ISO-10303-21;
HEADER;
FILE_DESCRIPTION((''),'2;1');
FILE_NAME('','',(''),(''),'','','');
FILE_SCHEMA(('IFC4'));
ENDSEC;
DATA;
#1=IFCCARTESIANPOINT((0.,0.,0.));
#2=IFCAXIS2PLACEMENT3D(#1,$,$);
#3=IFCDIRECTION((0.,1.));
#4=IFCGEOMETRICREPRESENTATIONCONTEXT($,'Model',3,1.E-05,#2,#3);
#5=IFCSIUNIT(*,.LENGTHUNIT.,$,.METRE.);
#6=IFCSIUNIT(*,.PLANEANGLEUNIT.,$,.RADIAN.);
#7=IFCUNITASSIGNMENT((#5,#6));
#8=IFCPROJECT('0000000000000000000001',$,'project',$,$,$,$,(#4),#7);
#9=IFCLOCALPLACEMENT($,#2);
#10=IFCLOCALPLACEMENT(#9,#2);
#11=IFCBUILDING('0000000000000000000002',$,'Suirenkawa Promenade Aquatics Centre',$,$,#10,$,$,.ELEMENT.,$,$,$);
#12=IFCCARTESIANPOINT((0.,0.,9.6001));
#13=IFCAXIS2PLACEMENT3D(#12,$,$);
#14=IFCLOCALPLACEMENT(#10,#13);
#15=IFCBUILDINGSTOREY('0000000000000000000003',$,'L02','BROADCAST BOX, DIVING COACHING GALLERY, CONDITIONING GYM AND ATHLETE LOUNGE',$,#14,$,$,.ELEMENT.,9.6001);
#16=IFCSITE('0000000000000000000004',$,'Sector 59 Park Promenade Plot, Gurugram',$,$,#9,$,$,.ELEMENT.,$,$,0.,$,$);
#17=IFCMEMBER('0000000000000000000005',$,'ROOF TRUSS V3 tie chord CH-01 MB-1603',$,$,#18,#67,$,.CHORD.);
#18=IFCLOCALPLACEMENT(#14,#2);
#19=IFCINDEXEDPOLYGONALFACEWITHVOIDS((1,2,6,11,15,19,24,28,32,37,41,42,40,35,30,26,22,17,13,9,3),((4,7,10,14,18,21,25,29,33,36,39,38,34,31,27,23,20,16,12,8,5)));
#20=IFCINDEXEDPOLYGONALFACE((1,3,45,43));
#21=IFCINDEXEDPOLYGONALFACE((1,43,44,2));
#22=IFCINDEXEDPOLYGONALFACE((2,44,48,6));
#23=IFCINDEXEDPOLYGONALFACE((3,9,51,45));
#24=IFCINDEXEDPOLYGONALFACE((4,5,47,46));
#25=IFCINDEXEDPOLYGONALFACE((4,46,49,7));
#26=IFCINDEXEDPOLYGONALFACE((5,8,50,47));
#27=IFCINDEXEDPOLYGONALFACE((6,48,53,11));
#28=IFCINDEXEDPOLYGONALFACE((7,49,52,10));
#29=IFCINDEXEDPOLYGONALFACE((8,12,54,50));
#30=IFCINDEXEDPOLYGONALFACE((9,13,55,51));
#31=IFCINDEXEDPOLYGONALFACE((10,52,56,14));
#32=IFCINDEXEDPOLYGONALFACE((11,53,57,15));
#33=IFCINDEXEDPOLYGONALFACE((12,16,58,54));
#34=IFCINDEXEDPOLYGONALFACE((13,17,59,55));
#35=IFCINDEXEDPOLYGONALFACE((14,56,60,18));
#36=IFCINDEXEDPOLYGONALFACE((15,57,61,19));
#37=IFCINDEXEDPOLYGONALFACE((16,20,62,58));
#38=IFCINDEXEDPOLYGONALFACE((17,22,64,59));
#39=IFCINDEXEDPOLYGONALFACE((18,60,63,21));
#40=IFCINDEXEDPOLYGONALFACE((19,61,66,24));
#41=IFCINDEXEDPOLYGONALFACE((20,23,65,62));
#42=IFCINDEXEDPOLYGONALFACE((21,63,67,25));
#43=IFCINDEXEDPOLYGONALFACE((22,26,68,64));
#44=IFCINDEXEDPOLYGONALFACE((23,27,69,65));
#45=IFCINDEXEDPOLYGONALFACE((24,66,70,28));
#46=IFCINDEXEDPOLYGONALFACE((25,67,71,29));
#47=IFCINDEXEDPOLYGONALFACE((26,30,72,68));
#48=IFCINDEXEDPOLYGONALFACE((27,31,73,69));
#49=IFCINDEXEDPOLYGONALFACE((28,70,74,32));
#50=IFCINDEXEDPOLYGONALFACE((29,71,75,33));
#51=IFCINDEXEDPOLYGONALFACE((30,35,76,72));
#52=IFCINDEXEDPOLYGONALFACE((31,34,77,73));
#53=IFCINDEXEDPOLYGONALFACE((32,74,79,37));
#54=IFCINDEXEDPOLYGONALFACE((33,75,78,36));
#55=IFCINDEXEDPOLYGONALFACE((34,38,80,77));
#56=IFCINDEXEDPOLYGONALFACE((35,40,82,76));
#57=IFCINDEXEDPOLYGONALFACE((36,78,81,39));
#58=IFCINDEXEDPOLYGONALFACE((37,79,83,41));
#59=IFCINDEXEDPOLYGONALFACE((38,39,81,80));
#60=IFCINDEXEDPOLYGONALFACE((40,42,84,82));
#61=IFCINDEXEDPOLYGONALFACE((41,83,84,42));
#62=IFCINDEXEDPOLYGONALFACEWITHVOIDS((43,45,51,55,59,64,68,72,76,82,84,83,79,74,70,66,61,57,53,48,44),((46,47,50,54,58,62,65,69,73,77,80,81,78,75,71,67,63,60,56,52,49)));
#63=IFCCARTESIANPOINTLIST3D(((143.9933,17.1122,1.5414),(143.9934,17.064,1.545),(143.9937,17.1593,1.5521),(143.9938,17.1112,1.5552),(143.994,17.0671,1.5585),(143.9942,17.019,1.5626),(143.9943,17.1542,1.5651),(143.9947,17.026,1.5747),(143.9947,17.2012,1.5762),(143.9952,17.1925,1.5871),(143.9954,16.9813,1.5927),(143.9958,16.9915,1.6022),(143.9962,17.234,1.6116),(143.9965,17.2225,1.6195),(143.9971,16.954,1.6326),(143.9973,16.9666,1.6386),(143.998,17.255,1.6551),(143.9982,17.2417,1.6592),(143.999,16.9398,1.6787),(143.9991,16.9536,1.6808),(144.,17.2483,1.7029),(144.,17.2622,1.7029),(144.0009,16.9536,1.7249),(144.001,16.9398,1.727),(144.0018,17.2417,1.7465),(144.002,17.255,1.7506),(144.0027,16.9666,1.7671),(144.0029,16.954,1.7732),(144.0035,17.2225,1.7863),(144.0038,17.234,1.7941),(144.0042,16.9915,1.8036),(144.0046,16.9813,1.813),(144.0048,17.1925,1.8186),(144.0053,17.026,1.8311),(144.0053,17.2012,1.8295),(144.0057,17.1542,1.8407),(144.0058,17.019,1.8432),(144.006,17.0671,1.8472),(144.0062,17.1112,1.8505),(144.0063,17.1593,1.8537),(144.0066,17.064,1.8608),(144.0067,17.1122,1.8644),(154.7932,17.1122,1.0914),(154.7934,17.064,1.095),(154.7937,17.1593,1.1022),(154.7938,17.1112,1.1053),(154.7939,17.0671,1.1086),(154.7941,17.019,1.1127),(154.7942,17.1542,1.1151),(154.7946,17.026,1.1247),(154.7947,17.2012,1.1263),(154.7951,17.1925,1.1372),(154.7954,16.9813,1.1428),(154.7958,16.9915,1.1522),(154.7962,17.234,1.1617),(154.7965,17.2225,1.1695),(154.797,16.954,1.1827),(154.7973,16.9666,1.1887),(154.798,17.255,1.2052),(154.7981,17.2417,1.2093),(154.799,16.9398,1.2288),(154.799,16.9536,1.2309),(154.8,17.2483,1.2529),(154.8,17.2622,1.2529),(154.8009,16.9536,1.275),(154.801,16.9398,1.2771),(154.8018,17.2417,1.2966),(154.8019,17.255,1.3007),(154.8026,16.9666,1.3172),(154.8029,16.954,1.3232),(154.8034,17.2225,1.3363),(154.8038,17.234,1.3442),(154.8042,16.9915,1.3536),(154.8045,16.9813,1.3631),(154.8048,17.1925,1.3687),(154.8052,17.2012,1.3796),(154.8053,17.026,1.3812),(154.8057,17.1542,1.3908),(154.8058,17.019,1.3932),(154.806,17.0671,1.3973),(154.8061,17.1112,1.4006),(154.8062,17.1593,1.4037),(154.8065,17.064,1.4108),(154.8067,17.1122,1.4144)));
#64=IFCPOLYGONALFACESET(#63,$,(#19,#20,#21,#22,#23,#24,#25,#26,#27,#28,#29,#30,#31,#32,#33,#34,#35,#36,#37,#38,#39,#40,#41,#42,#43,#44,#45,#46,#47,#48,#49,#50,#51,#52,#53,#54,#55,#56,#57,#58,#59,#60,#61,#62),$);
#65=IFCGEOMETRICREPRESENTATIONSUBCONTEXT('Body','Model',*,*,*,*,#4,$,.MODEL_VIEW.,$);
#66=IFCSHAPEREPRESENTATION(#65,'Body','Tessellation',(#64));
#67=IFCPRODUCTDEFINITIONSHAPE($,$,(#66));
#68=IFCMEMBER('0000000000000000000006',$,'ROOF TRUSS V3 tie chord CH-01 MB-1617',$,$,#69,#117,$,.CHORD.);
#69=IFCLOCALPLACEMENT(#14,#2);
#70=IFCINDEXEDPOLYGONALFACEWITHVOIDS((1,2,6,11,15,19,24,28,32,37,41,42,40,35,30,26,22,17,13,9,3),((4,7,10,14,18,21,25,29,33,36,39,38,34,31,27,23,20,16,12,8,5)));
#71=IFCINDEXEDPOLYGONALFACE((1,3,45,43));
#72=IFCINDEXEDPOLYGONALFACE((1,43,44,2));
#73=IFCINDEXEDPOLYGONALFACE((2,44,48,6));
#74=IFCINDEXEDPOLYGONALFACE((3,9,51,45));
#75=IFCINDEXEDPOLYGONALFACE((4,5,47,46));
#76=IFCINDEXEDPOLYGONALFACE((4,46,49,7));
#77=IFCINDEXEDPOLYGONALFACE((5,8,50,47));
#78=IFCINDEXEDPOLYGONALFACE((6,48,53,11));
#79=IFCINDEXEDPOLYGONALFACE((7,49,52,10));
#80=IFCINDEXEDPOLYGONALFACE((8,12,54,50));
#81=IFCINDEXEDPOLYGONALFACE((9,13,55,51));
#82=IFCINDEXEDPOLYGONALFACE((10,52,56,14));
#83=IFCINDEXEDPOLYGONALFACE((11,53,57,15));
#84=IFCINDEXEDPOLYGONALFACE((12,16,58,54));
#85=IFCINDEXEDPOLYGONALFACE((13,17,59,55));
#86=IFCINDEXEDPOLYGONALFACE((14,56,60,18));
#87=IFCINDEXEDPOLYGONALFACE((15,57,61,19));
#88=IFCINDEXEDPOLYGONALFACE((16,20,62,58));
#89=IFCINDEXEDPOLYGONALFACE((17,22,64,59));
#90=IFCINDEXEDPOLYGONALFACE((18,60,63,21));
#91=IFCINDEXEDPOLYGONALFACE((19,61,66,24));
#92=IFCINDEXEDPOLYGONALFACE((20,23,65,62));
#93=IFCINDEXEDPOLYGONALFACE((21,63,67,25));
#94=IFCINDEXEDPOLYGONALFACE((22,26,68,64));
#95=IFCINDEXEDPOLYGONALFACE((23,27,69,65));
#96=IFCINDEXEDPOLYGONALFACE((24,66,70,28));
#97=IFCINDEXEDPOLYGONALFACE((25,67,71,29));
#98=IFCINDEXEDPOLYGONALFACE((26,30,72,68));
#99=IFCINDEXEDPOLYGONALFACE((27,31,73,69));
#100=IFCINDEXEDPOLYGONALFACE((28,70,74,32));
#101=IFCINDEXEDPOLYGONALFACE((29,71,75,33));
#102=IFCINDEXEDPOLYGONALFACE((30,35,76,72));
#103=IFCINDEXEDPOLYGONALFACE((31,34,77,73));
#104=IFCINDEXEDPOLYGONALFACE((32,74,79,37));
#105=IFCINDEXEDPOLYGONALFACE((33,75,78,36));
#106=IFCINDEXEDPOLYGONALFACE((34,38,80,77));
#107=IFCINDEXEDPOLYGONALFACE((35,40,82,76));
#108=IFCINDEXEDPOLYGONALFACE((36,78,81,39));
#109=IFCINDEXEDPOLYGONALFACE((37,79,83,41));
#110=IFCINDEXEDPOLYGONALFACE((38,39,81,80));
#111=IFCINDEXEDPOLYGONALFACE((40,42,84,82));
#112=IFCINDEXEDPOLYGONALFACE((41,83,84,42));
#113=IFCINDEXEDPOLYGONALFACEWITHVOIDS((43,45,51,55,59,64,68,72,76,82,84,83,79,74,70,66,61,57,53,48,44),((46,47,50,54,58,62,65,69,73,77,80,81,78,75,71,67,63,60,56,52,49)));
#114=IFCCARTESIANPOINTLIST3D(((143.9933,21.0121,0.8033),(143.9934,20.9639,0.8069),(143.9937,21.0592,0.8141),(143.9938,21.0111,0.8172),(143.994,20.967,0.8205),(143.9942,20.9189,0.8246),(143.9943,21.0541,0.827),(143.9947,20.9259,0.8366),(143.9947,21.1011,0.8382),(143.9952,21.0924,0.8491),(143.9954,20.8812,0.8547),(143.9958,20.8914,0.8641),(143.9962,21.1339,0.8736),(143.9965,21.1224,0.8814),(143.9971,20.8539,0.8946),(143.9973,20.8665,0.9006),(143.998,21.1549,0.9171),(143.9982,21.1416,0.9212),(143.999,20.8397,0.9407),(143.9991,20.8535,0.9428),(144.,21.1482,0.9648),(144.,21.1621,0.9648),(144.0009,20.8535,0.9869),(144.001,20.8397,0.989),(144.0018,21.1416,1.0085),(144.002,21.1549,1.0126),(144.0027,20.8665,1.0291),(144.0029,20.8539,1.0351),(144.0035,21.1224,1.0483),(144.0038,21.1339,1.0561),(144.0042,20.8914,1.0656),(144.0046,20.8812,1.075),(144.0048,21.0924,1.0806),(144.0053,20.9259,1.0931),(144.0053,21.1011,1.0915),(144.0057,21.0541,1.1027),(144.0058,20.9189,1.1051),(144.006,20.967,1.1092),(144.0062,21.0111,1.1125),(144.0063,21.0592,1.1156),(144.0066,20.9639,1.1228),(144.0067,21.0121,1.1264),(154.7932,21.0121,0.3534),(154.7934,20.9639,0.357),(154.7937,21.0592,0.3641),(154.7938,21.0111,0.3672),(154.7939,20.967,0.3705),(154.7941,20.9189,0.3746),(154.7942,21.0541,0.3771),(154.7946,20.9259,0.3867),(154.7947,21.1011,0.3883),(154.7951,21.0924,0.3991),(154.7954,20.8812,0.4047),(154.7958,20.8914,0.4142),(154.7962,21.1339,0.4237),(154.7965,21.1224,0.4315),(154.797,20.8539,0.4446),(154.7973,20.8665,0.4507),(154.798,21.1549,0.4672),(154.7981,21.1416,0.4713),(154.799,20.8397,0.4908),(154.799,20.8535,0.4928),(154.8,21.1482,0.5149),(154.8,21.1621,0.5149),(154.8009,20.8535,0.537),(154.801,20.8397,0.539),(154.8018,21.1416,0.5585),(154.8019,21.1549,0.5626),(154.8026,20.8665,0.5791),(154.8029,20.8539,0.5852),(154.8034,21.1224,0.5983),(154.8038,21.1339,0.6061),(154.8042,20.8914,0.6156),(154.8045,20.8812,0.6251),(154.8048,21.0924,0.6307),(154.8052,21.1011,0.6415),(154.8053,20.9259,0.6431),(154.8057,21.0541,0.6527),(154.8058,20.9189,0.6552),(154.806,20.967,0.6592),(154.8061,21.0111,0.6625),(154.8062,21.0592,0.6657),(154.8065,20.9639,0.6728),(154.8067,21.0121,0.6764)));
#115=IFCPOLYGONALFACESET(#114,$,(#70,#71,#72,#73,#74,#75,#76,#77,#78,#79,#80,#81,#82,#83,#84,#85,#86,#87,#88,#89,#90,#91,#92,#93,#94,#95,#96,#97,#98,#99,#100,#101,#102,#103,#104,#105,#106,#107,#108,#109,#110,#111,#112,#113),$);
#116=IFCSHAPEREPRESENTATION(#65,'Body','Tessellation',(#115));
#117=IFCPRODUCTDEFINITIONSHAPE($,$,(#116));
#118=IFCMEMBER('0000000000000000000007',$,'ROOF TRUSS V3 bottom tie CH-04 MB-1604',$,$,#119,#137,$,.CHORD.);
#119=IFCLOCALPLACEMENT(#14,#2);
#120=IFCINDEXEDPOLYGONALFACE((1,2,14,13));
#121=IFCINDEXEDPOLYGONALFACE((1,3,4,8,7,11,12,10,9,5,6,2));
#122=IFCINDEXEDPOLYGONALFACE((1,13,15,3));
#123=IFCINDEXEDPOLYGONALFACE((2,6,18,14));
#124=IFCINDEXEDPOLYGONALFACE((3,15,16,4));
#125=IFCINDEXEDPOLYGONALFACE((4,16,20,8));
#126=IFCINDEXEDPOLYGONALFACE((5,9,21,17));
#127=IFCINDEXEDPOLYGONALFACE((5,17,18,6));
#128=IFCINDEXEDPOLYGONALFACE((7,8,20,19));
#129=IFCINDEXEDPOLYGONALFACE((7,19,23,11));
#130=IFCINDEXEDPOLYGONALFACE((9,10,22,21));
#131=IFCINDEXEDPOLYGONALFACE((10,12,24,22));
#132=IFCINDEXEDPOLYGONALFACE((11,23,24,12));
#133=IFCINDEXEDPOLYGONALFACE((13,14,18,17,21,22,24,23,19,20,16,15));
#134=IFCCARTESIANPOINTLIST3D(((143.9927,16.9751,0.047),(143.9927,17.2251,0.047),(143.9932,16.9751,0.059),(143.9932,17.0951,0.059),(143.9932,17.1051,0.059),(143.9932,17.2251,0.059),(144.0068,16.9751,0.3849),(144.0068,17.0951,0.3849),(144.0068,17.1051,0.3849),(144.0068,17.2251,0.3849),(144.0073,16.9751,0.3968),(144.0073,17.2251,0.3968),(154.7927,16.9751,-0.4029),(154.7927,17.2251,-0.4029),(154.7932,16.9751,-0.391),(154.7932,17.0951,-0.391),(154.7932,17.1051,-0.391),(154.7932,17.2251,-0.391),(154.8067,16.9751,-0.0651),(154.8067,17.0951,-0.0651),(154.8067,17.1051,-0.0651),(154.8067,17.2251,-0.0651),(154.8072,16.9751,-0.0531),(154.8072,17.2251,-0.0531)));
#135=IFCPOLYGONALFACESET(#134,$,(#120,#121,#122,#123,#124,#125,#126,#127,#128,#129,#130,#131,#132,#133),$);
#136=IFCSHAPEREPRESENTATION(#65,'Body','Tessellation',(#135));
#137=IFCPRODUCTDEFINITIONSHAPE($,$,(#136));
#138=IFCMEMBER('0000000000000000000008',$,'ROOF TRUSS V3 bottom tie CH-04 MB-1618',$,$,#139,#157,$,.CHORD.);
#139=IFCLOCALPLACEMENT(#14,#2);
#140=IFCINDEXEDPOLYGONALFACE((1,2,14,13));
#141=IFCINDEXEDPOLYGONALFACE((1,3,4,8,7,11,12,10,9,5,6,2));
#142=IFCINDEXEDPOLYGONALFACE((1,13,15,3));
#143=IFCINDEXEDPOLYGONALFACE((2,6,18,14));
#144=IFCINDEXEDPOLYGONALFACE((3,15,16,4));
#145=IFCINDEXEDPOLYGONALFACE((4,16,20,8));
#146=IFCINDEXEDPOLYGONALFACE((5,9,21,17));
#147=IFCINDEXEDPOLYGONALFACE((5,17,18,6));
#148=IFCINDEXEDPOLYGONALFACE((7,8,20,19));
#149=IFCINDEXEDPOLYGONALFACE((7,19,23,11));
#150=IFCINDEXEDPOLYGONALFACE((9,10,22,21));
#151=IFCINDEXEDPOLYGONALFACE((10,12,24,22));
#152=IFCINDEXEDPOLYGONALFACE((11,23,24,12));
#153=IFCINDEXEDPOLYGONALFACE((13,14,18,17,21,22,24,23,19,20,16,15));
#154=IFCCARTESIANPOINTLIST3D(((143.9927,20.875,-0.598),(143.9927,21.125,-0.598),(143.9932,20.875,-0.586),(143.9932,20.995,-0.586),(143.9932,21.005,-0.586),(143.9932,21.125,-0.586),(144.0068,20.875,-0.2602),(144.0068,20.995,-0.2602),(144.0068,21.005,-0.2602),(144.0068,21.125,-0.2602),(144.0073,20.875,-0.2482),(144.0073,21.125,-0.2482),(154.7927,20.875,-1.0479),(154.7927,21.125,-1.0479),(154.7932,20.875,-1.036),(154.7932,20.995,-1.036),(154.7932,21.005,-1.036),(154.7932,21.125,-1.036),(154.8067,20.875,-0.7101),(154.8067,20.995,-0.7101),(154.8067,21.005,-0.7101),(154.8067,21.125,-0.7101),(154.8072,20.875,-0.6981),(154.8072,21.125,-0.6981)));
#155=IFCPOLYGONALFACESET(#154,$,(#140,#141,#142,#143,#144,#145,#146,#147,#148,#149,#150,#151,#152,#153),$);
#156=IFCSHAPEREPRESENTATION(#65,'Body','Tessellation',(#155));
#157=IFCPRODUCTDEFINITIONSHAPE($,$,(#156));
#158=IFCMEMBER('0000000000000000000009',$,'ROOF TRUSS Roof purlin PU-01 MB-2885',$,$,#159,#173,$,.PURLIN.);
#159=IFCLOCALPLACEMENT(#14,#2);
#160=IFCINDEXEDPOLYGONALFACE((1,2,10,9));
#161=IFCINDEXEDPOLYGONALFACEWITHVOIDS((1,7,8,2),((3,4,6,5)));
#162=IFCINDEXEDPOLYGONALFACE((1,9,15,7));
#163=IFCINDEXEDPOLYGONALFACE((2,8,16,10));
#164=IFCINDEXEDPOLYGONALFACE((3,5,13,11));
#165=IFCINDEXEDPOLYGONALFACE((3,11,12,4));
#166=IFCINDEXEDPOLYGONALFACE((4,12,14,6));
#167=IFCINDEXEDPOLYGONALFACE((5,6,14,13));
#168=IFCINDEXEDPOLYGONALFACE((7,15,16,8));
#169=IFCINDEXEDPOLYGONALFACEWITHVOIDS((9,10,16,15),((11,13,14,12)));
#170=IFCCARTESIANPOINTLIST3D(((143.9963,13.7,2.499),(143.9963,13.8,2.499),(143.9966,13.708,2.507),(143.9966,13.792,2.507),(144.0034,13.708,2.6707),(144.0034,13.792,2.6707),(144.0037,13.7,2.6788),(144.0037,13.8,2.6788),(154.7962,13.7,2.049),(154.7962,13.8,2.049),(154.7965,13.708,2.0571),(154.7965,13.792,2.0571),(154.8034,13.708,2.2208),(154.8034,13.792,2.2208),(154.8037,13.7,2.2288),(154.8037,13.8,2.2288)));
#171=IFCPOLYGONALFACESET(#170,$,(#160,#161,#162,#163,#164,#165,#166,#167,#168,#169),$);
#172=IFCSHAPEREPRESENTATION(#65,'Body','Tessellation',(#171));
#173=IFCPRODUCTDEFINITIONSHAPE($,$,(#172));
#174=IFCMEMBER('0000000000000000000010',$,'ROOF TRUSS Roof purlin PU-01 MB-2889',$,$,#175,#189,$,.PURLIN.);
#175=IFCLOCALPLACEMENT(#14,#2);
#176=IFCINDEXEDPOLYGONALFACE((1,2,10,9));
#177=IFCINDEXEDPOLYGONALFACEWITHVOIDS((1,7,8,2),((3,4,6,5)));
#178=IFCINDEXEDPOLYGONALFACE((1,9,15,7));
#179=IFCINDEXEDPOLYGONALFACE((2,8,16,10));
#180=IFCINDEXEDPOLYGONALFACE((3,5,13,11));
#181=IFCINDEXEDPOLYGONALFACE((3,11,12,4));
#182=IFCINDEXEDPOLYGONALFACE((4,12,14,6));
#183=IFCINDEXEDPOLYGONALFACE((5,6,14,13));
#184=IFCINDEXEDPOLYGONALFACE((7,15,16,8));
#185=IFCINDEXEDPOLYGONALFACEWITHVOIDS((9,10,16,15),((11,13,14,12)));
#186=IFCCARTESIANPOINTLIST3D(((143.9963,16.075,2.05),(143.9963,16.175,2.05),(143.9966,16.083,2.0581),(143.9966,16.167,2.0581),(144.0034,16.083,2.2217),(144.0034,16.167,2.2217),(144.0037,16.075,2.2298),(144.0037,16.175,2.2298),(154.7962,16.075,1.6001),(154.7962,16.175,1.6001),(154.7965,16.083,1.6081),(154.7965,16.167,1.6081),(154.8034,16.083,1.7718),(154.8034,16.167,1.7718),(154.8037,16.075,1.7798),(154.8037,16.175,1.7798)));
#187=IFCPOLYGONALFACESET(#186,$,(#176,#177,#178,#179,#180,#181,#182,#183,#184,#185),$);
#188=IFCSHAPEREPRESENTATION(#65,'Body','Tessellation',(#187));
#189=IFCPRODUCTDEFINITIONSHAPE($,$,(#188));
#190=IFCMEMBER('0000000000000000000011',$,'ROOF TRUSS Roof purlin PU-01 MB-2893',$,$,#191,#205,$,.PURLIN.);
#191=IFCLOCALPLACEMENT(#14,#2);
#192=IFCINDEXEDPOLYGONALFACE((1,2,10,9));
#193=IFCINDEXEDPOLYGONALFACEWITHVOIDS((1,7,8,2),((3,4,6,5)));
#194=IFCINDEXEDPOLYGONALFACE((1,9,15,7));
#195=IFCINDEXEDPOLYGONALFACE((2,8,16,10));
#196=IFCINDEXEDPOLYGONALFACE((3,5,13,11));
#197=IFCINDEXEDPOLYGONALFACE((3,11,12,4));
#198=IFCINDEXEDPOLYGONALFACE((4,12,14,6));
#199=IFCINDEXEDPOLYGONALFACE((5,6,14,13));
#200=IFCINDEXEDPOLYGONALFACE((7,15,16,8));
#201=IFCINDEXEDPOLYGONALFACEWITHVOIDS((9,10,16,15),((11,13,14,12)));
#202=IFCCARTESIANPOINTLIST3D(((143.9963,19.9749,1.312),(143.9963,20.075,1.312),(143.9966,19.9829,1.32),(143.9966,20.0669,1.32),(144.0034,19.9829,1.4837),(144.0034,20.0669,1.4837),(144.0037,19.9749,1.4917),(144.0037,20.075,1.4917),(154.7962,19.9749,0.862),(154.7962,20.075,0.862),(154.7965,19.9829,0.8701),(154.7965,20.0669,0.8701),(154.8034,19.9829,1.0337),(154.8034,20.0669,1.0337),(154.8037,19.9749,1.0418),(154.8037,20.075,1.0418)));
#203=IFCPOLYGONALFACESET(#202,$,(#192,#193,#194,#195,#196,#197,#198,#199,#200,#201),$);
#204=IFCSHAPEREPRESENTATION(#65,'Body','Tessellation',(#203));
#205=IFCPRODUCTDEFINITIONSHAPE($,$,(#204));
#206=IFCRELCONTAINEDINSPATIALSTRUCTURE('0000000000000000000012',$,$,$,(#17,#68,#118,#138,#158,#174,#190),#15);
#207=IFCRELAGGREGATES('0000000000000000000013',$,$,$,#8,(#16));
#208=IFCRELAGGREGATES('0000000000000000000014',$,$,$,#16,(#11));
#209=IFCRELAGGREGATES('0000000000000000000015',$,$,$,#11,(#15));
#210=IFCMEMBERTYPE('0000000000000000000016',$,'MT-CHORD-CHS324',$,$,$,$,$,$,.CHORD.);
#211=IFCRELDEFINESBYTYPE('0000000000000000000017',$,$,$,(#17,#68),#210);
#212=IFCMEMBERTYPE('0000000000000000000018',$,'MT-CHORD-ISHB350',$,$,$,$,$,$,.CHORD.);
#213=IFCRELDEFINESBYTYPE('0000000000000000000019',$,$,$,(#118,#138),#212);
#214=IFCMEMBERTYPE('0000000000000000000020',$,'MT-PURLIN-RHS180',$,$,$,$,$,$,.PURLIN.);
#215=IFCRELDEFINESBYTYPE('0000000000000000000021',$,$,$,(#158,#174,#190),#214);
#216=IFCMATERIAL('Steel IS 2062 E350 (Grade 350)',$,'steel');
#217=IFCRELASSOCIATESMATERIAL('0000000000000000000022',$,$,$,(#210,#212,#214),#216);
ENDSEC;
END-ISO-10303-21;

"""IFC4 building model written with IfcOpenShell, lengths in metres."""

from ifc_helpers import new_model, si_unit, direction, frame, origin, origin_2d, place, context, subcontext, project, spatial, hollow_rectangle, hollow_circle, i_section, extrude, material, material_profile, profile_set, type_object, element, save


model = new_model("IFC4")

# Units and contexts
model_context = context("Model", 3, precision=1e-05, world=origin(), true_north=direction((0.0, 1.0)))
body_context = subcontext(model_context, "Body", "Model", "MODEL_VIEW")
ifc_project = project(units=[si_unit("LENGTHUNIT", "METRE"), si_unit("PLANEANGLEUNIT", "RADIAN")], contexts=[model_context])

# Site, building, storey
site_placement = place(None, origin())
site = spatial("IfcSite", under=ifc_project, at=site_placement, Name="Sector 59 Park Promenade Plot, Gurugram", CompositionType="ELEMENT", RefElevation=0.0)
building_placement = place(site_placement, origin())
building = spatial("IfcBuilding", under=site, at=building_placement, Name="Suirenkawa Promenade Aquatics Centre", CompositionType="ELEMENT")
storey_placement = place(building_placement, frame((0.0, 0.0, 9.6001)))
storey = spatial("IfcBuildingStorey", under=building, at=storey_placement, Name="L02", Description="BROADCAST BOX, DIVING COACHING GALLERY, CONDITIONING GYM AND ATHLETE LOUNGE", CompositionType="ELEMENT", Elevation=9.6001)

# Shared definitions
ifc_material_1 = material(Name="Steel IS 2062 E350 (Grade 350)", Category="steel")

# Members
ifc_material_profile_1 = material_profile(ifc_material_1, hollow_circle(Radius=0.1621, WallThickness=0.0139, at=origin_2d()), Name="CHS 324x14", Category="steel")
ifc_profile_set_1 = profile_set([ifc_material_profile_1], Name="Steel IS 2062 E350 (Grade 350)")
member_type_1 = type_object("IfcMemberType", Name="MT-CHORD-CHS324", PredefinedType="CHORD", material=ifc_profile_set_1)
for number, where, z_axis, x_axis, name in (
    (1, (144.0, 17.1001, 1.7029), (0.999133, 0.0, -0.041626), (0.0, 1.0, 0.0), "ROOF TRUSS V3 tie chord CH-01 MB-1603"),
    (2, (144.0, 21.0, 0.9648), (0.999133, 0.0, -0.041626), (0.0, 1.0, 0.0), "ROOF TRUSS V3 tie chord CH-01 MB-1617"),
):
    element("IfcMember", number, at=place(storey_placement, frame(where, z_axis=z_axis, x_axis=x_axis)), inside=storey, type_object=member_type_1, Name=name, PredefinedType="CHORD", context=body_context, shape_type="SweptSolid", body=[
        extrude(hollow_circle(Radius=0.1621, WallThickness=0.0139, at=origin_2d()), origin(), (0.0, 0.0, 1.0), 10.8093),
    ])
ifc_material_profile_2 = material_profile(ifc_material_1, i_section(OverallWidth=0.25, OverallDepth=0.3501, WebThickness=0.01, FlangeThickness=0.012, at=origin_2d()), Name="ISHB 350", Category="steel")
ifc_profile_set_2 = profile_set([ifc_material_profile_2], Name="Steel IS 2062 E350 (Grade 350)")
member_type_2 = type_object("IfcMemberType", Name="MT-CHORD-ISHB350", PredefinedType="CHORD", material=ifc_profile_set_2)
for number, where, z_axis, x_axis, name in (
    (3, (144.0, 17.1001, 0.2219), (0.999133, 0.0, -0.041626), (0.0, 1.0, 0.0), "ROOF TRUSS V3 bottom tie CH-04 MB-1604"),
    (4, (144.0, 21.0, -0.4231), (0.999133, 0.0, -0.041626), (0.0, 1.0, 0.0), "ROOF TRUSS V3 bottom tie CH-04 MB-1618"),
):
    element("IfcMember", number, at=place(storey_placement, frame(where, z_axis=z_axis, x_axis=x_axis)), inside=storey, type_object=member_type_2, Name=name, PredefinedType="CHORD", context=body_context, shape_type="SweptSolid", body=[
        extrude(i_section(OverallWidth=0.25, OverallDepth=0.3501, WebThickness=0.01, FlangeThickness=0.012, at=origin_2d()), origin(), (0.0, 0.0, 1.0), 10.8093),
    ])
ifc_material_profile_3 = material_profile(ifc_material_1, hollow_rectangle(XDim=0.1001, YDim=0.1799, WallThickness=0.0081, at=origin_2d()), Name="RHS 180x100x8", Category="steel")
ifc_profile_set_3 = profile_set([ifc_material_profile_3], Name="Steel IS 2062 E350 (Grade 350)")
member_type_3 = type_object("IfcMemberType", Name="MT-PURLIN-RHS180", PredefinedType="PURLIN", material=ifc_profile_set_3)
for number, where, z_axis, x_axis, name in (
    (5, (144.0, 13.75, 2.5889), (0.999133, 0.0, -0.041626), (0.0, 1.0, 0.0), "ROOF TRUSS Roof purlin PU-01 MB-2885"),
    (6, (144.0, 16.125, 2.1399), (0.999133, 0.0, -0.041626), (0.0, 1.0, 0.0), "ROOF TRUSS Roof purlin PU-01 MB-2889"),
    (7, (144.0, 20.0249, 1.4019), (0.999133, 0.0, -0.041626), (0.0, 1.0, 0.0), "ROOF TRUSS Roof purlin PU-01 MB-2893"),
):
    element("IfcMember", number, at=place(storey_placement, frame(where, z_axis=z_axis, x_axis=x_axis)), inside=storey, type_object=member_type_3, Name=name, PredefinedType="PURLIN", context=body_context, shape_type="SweptSolid", body=[
        extrude(hollow_rectangle(XDim=0.1001, YDim=0.1799, WallThickness=0.0081, at=origin_2d()), origin(), (0.0, 0.0, 1.0), 10.8093),
    ])

save(model, "model.ifc")
